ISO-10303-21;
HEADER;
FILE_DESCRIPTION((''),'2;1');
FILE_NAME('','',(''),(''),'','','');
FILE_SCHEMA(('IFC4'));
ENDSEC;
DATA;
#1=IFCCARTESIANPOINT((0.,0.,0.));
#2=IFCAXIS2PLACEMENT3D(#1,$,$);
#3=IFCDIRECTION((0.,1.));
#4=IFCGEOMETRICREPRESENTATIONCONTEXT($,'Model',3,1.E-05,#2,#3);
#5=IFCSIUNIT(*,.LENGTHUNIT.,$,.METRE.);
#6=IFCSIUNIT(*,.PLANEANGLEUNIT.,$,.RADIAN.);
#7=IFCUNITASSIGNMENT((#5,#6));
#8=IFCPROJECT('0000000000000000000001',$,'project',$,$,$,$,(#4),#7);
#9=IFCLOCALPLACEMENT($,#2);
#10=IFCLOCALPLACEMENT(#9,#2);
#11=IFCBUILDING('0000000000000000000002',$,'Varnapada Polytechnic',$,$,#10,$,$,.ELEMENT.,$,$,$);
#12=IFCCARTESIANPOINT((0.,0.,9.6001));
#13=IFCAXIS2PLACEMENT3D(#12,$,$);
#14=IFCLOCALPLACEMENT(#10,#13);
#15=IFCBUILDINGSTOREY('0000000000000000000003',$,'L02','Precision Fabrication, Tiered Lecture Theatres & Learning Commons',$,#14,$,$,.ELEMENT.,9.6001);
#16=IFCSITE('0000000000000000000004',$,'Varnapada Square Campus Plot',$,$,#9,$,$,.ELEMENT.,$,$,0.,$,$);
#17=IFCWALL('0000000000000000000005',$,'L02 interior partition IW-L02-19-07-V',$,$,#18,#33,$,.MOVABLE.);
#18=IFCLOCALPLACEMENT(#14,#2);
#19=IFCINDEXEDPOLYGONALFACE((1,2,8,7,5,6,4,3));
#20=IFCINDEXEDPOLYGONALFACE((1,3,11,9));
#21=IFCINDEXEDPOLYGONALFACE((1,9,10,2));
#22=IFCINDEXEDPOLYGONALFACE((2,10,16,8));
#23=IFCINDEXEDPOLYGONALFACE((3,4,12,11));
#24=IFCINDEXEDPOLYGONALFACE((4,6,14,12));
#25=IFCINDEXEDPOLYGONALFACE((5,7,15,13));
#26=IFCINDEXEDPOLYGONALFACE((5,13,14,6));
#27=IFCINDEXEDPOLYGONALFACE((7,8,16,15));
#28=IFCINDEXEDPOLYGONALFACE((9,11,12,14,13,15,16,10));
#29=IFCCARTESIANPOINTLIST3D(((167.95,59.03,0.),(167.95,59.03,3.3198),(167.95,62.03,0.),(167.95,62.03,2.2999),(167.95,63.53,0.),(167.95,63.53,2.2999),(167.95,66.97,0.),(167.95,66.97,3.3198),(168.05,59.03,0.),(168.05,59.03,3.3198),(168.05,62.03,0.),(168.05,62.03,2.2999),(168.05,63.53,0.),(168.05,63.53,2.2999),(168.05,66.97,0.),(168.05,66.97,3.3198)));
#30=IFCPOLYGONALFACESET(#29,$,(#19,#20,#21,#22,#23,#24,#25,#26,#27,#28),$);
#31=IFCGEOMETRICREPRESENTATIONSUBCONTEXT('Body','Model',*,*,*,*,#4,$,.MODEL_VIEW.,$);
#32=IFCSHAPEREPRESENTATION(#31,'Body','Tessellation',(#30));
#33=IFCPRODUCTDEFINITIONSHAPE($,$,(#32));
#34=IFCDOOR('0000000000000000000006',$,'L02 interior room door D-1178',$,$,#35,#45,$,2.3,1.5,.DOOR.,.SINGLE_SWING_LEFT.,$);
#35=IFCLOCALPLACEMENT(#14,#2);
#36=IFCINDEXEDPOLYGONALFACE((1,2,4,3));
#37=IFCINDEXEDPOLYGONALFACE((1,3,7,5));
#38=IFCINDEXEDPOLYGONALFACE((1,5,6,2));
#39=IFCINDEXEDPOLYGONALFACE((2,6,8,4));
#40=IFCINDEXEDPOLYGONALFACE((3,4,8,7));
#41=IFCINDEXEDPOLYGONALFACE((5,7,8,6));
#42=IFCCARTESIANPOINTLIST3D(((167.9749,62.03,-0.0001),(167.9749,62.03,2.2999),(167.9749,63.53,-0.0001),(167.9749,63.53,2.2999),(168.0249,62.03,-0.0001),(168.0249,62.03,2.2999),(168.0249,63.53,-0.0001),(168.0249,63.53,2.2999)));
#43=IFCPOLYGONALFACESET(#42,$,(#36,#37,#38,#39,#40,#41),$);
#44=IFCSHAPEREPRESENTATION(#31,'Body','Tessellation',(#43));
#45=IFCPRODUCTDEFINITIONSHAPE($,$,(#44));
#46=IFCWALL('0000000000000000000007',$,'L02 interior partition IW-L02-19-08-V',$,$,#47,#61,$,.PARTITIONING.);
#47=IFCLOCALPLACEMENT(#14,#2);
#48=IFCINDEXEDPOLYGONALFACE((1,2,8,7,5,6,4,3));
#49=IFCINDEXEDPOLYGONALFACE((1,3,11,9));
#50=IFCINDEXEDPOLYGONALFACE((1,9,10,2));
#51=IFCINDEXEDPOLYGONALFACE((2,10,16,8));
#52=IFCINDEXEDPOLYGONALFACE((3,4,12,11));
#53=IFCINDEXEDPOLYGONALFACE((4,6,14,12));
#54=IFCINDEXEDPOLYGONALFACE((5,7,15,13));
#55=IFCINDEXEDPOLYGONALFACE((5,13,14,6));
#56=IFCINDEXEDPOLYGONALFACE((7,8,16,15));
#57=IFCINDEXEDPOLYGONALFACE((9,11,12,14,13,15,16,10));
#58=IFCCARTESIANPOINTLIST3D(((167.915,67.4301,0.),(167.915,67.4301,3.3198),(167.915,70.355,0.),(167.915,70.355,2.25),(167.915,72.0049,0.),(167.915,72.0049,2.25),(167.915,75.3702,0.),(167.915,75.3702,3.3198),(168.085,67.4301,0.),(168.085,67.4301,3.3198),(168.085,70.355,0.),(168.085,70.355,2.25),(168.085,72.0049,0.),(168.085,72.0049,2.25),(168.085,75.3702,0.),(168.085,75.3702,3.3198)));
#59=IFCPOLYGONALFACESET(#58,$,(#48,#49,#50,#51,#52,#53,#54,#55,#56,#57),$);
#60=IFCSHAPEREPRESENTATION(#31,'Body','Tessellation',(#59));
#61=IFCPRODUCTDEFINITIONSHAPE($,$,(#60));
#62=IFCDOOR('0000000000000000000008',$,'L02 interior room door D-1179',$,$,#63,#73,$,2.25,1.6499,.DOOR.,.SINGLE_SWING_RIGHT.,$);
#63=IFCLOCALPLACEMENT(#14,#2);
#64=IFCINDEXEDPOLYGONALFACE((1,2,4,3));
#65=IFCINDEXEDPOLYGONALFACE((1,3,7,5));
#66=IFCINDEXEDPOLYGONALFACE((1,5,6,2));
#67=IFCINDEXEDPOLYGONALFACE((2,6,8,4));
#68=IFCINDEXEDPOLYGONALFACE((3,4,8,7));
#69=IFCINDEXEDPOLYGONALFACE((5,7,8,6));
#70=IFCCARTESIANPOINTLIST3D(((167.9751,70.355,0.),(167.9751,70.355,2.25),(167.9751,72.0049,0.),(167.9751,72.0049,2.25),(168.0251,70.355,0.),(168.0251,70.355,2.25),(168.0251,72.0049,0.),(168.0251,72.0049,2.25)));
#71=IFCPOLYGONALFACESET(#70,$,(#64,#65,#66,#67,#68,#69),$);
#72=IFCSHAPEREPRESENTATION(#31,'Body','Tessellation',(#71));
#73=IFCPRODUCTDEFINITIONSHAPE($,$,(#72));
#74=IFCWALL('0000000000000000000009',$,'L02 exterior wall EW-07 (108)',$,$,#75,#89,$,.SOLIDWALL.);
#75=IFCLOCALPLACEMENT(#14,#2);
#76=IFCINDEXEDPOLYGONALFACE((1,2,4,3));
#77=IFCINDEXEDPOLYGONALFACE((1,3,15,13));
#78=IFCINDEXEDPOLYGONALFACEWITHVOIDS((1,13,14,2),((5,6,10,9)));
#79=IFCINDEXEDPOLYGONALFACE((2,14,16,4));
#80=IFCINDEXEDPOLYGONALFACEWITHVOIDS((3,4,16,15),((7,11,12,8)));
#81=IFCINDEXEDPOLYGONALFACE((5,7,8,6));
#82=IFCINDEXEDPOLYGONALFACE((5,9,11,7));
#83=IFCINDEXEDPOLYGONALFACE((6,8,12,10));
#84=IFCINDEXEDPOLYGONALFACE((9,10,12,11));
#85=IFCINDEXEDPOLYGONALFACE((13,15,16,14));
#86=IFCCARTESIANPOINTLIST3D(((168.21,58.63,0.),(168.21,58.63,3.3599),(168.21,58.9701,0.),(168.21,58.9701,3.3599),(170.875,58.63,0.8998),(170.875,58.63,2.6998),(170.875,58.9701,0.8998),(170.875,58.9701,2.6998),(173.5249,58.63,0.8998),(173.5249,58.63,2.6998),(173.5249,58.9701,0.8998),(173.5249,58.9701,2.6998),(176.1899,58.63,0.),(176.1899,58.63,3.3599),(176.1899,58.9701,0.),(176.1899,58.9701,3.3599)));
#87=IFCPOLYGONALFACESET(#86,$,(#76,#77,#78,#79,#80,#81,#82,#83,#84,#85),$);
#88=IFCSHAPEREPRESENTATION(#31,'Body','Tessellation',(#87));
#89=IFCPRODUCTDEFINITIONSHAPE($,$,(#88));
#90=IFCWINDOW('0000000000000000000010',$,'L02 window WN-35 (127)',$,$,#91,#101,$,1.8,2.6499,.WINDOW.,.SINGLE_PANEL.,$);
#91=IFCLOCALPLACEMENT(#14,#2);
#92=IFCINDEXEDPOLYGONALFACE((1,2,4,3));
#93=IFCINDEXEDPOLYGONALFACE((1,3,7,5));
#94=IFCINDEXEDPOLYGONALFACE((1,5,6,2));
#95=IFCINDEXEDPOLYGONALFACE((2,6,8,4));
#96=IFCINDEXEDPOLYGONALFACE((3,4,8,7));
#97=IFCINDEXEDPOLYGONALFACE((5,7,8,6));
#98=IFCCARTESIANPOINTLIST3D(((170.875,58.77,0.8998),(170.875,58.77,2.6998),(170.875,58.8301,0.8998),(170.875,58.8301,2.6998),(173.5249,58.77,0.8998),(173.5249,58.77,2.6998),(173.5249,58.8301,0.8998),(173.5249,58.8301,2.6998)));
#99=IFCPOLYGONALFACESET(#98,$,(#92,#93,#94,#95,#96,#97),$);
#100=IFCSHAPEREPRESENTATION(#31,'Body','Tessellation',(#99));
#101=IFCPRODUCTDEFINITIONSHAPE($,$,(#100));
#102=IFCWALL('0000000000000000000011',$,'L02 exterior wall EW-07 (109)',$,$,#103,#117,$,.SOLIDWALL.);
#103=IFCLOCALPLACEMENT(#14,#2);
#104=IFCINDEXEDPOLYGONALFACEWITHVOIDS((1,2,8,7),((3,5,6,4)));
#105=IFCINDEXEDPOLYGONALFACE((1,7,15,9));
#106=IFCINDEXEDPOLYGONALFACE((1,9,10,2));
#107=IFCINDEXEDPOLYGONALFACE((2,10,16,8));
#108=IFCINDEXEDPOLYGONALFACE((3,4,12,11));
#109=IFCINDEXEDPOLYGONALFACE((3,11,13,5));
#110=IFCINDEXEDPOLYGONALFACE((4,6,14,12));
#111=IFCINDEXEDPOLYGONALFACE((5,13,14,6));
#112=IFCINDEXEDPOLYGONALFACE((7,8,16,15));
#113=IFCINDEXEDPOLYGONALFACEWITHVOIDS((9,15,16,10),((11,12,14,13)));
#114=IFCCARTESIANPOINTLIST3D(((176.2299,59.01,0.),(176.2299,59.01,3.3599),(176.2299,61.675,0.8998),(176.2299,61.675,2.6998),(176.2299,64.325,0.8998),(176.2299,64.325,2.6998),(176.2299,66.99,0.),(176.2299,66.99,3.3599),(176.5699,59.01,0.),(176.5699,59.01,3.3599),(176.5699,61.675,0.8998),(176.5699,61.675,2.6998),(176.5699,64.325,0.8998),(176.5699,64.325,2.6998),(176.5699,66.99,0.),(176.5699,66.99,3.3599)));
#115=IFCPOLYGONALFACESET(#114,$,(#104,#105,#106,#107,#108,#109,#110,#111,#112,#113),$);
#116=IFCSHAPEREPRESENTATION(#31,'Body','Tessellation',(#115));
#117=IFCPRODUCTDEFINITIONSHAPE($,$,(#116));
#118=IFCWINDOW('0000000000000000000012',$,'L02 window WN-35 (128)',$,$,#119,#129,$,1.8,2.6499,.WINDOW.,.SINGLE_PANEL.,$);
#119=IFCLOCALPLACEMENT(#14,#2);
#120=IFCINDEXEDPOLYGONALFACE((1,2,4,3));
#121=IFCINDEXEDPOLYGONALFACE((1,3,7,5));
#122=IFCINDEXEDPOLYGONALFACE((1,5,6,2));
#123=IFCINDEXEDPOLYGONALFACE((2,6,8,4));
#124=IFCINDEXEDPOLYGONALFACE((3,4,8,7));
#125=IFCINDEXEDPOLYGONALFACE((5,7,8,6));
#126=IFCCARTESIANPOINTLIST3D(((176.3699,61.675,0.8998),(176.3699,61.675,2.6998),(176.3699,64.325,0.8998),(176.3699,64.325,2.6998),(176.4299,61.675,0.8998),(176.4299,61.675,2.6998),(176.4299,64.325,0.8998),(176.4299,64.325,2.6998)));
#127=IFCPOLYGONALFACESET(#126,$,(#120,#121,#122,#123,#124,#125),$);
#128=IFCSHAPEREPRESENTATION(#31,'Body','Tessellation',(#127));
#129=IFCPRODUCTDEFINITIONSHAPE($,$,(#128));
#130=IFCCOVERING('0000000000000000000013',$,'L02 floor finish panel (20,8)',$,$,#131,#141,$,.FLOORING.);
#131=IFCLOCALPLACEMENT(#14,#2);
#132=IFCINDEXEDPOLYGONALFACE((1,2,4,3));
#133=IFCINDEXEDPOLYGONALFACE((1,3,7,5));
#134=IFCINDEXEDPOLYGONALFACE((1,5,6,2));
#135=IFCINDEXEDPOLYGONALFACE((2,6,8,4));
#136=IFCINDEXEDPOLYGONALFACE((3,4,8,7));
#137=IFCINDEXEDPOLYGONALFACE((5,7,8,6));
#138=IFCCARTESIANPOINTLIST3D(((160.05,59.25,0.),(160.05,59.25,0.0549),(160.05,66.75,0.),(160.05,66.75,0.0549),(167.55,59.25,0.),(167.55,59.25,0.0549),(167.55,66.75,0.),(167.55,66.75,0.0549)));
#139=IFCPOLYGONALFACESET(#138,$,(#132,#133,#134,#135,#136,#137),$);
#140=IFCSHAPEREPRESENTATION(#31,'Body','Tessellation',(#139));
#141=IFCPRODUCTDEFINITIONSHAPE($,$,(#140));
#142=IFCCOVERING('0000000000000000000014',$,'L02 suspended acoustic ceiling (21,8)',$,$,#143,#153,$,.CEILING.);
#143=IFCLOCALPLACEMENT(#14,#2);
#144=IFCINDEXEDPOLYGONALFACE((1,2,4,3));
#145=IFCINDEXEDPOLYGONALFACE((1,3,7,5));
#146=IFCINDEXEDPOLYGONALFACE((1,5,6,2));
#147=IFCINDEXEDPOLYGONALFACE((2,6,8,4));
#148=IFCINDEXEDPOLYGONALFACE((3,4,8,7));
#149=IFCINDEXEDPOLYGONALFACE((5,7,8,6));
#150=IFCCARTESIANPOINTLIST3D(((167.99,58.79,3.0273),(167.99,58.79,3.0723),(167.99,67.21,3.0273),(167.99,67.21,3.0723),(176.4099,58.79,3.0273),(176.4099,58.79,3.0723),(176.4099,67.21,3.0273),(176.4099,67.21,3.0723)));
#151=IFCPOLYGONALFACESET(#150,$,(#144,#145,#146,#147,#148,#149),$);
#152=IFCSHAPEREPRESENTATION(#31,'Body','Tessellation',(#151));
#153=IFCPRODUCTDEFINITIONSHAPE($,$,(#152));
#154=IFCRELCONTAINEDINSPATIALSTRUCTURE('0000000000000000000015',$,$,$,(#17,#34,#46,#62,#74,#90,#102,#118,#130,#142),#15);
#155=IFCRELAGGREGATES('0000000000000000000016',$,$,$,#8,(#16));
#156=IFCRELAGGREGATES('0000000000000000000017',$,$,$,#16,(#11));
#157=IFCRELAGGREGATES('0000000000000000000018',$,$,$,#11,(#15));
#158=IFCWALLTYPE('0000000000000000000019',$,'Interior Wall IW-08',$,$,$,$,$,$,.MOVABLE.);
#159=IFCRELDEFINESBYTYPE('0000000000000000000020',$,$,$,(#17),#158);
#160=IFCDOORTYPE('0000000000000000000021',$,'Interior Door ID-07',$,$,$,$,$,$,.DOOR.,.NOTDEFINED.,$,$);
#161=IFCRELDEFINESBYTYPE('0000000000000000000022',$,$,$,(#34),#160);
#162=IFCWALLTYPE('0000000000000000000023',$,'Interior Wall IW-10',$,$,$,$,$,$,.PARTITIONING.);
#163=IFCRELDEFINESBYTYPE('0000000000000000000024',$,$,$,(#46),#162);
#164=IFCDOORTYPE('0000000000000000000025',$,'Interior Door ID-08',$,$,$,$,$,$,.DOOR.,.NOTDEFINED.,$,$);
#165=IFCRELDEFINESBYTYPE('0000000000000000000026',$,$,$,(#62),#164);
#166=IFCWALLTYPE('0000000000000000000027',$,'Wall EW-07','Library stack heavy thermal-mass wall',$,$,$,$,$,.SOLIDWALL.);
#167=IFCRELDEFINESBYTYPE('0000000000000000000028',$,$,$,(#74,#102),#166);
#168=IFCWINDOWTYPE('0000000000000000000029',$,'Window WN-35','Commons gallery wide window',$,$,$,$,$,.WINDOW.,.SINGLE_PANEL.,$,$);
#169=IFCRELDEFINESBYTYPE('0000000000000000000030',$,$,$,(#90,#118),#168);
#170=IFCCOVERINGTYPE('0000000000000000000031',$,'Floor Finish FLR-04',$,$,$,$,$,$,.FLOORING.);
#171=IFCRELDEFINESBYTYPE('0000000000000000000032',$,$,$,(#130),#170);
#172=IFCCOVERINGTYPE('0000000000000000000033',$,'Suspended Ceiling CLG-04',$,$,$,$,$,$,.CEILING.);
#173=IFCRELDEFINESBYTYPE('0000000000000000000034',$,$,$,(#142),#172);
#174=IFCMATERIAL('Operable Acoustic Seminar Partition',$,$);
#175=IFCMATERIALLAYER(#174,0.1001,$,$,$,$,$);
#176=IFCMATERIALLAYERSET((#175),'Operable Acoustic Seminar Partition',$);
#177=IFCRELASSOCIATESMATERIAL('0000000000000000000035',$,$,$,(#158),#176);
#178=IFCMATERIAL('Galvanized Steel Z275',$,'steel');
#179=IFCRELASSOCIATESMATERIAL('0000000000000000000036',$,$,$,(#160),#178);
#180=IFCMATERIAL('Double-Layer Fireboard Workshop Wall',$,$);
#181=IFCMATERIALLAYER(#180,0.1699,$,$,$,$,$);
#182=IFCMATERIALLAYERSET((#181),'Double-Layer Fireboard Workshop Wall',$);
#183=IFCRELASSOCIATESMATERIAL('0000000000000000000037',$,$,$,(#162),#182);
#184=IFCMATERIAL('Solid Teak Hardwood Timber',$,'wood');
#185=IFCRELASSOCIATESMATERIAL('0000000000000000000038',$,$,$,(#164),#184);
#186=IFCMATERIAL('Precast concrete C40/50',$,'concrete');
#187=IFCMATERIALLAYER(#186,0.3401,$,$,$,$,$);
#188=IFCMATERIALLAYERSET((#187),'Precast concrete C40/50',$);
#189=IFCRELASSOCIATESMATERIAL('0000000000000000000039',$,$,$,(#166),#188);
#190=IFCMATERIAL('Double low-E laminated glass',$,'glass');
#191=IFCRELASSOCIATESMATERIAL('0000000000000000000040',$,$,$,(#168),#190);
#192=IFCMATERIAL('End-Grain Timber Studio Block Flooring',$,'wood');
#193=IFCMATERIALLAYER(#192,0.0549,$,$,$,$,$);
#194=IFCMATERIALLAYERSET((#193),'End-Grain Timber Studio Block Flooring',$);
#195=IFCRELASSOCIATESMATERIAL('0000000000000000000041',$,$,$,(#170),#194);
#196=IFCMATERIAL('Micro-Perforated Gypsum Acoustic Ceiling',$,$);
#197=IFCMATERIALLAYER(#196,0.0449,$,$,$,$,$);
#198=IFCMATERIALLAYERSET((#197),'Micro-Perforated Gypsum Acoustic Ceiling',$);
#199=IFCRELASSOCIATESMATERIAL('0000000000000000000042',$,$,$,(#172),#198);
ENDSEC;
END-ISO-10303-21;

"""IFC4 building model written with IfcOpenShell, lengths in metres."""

from ifc_helpers import new_model, si_unit, direction, frame, frame_2d, origin, origin_2d, place, context, subcontext, project, spatial, rectangle, extrude, material, layer, layer_set, type_object, element, fill, save


model = new_model("IFC4")

# Units and contexts
model_context = context("Model", 3, precision=1e-05, world=origin(), true_north=direction((0.0, 1.0)))
body_context = subcontext(model_context, "Body", "Model", "MODEL_VIEW")
ifc_project = project(units=[si_unit("LENGTHUNIT", "METRE"), si_unit("PLANEANGLEUNIT", "RADIAN")], contexts=[model_context])

# Site, building, storey
site_placement = place(None, origin())
site = spatial("IfcSite", under=ifc_project, at=site_placement, Name="Varnapada Square Campus Plot", CompositionType="ELEMENT", RefElevation=0.0)
building_placement = place(site_placement, origin())
building = spatial("IfcBuilding", under=site, at=building_placement, Name="Varnapada Polytechnic", CompositionType="ELEMENT")
storey_placement = place(building_placement, frame((0.0, 0.0, 9.6001)))
storey = spatial("IfcBuildingStorey", under=building, at=storey_placement, Name="L02", Description="Precision Fabrication, Tiered Lecture Theatres & Learning Commons", CompositionType="ELEMENT", Elevation=9.6001)

# Shared definitions
ifc_material_1 = material(Name="Double low-E laminated glass", Category="glass")

# Walls, openings, doors
ifc_material_2 = material(Name="Operable Acoustic Seminar Partition")
ifc_layer_1 = layer(ifc_material_2, 0.1001)
ifc_layer_set_1 = layer_set([ifc_layer_1], Name="Operable Acoustic Seminar Partition")
wall_type_1 = type_object("IfcWallType", Name="Interior Wall IW-08", PredefinedType="MOVABLE", material=ifc_layer_set_1)
wall_1_placement = place(storey_placement, frame((168.0, 59.03, 0.0), z_axis=(0.0, 0.0, 1.0), x_axis=(0.0, 1.0, 0.0)))
wall_1 = element("IfcWall", 1, at=wall_1_placement, inside=storey, type_object=wall_type_1, Name="L02 interior partition IW-L02-19-07-V", PredefinedType="MOVABLE", context=body_context, shape_type="SweptSolid", body=[
    extrude(rectangle(XDim=7.9399, YDim=0.1001, at=frame_2d((3.97, 0.0))), origin(), (0.0, 0.0, 1.0), 3.3198),
])
opening_1_placement = place(wall_1_placement, frame((3.0, 0.0, 0.0)))
opening_1 = element("IfcOpeningElement", 2, at=opening_1_placement, cuts=wall_1, PredefinedType="OPENING", context=body_context, shape_type="SweptSolid", body=[
    extrude(rectangle(XDim=1.5, YDim=2.3, at=frame_2d((0.75, 1.1499))), frame((0.0, 0.0601, 0.0), z_axis=(0.0, -1.0, 0.0), x_axis=(1.0, 0.0, 0.0)), (0.0, 0.0, 1.0), 0.1201),
])
ifc_material_3 = material(Name="Galvanized Steel Z275", Category="steel")
door_type_1 = type_object("IfcDoorType", Name="Interior Door ID-07", OperationType="NOTDEFINED", PredefinedType="DOOR", material=ifc_material_3)
door_1_placement = place(opening_1_placement, frame((1.5, 0.0, 0.0), z_axis=(0.0, 0.0, 1.0), x_axis=(-1.0, 0.0, 0.0)))
door_1 = element("IfcDoor", 3, at=door_1_placement, inside=storey, type_object=door_type_1, Name="L02 interior room door D-1178", OperationType="SINGLE_SWING_LEFT", OverallHeight=2.3, OverallWidth=1.5, PredefinedType="DOOR", context=body_context, shape_type="SweptSolid", body=[
    extrude(rectangle(XDim=1.5, YDim=2.3, at=frame_2d((0.75, 1.1499))), frame((0.0, 0.0249, 0.0), z_axis=(0.0, -1.0, 0.0), x_axis=(1.0, 0.0, 0.0)), (0.0, 0.0, 1.0), 0.05),
])
fill(opening_1, door_1)
ifc_material_4 = material(Name="Double-Layer Fireboard Workshop Wall")
ifc_layer_2 = layer(ifc_material_4, 0.1699)
ifc_layer_set_2 = layer_set([ifc_layer_2], Name="Double-Layer Fireboard Workshop Wall")
wall_type_2 = type_object("IfcWallType", Name="Interior Wall IW-10", PredefinedType="PARTITIONING", material=ifc_layer_set_2)
wall_2_placement = place(storey_placement, frame((168.0, 67.4299, 0.0), z_axis=(0.0, 0.0, 1.0), x_axis=(0.0, 1.0, 0.0)))
wall_2 = element("IfcWall", 4, at=wall_2_placement, inside=storey, type_object=wall_type_2, Name="L02 interior partition IW-L02-19-08-V", PredefinedType="PARTITIONING", context=body_context, shape_type="SweptSolid", body=[
    extrude(rectangle(XDim=7.9402, YDim=0.1699, at=frame_2d((3.9702, 0.0))), origin(), (0.0, 0.0, 1.0), 3.3198),
])
opening_2_placement = place(wall_2_placement, frame((2.925, 0.0, 0.0)))
opening_2 = element("IfcOpeningElement", 5, at=opening_2_placement, cuts=wall_2, PredefinedType="OPENING", context=body_context, shape_type="SweptSolid", body=[
    extrude(rectangle(XDim=1.6499, YDim=2.25, at=frame_2d((0.825, 1.125))), frame((0.0, 0.095, 0.0), z_axis=(0.0, -1.0, 0.0), x_axis=(1.0, 0.0, 0.0)), (0.0, 0.0, 1.0), 0.1899),
])
ifc_material_5 = material(Name="Solid Teak Hardwood Timber", Category="wood")
door_type_2 = type_object("IfcDoorType", Name="Interior Door ID-08", OperationType="NOTDEFINED", PredefinedType="DOOR", material=ifc_material_5)
door_2_placement = place(opening_2_placement, origin())
door_2 = element("IfcDoor", 6, at=door_2_placement, inside=storey, type_object=door_type_2, Name="L02 interior room door D-1179", OperationType="SINGLE_SWING_RIGHT", OverallHeight=2.25, OverallWidth=1.6499, PredefinedType="DOOR", context=body_context, shape_type="SweptSolid", body=[
    extrude(rectangle(XDim=1.6499, YDim=2.25, at=frame_2d((0.825, 1.125))), frame((0.0, 0.0249, 0.0), z_axis=(0.0, -1.0, 0.0), x_axis=(1.0, 0.0, 0.0)), (0.0, 0.0, 1.0), 0.05),
])
fill(opening_2, door_2)

# Walls, openings, windows
ifc_material_6 = material(Name="Precast concrete C40/50", Category="concrete")
ifc_layer_3 = layer(ifc_material_6, 0.3401)
ifc_layer_set_3 = layer_set([ifc_layer_3], Name="Precast concrete C40/50")
wall_type_3 = type_object("IfcWallType", Name="Wall EW-07", Description="Library stack heavy thermal-mass wall", PredefinedType="SOLIDWALL", material=ifc_layer_set_3)
wall_3_placement = place(storey_placement, frame((176.1899, 58.8, 0.0), z_axis=(0.0, 0.0, 1.0), x_axis=(-1.0, 0.0, 0.0)))
wall_3 = element("IfcWall", 7, at=wall_3_placement, inside=storey, type_object=wall_type_3, Name="L02 exterior wall EW-07 (108)", PredefinedType="SOLIDWALL", context=body_context, shape_type="SweptSolid", body=[
    extrude(rectangle(XDim=7.98, YDim=0.3401, at=frame_2d((3.99, 0.0))), origin(), (0.0, 0.0, 1.0), 3.3599),
])
opening_3_placement = place(wall_3_placement, frame((2.665, 0.0, 0.8999)))
opening_3 = element("IfcOpeningElement", 8, at=opening_3_placement, cuts=wall_3, PredefinedType="OPENING", context=body_context, shape_type="SweptSolid", body=[
    extrude(rectangle(XDim=2.6499, YDim=1.8, at=frame_2d((1.325, 0.8999))), frame((0.0, 0.1799, 0.0), z_axis=(0.0, -1.0, 0.0), x_axis=(1.0, 0.0, 0.0)), (0.0, 0.0, 1.0), 0.3601),
])
window_type = type_object("IfcWindowType", Name="Window WN-35", Description="Commons gallery wide window", PartitioningType="SINGLE_PANEL", PredefinedType="WINDOW", material=ifc_material_1)
window_1_placement = place(opening_3_placement, origin())
window_1 = element("IfcWindow", 9, at=window_1_placement, inside=storey, type_object=window_type, Name="L02 window WN-35 (127)", OverallHeight=1.8, OverallWidth=2.6499, PartitioningType="SINGLE_PANEL", PredefinedType="WINDOW", context=body_context, shape_type="SweptSolid", body=[
    extrude(rectangle(XDim=2.6499, YDim=1.8, at=frame_2d((1.325, 0.8999))), frame((0.0, 0.03, 0.0), z_axis=(0.0, -1.0, 0.0), x_axis=(1.0, 0.0, 0.0)), (0.0, 0.0, 1.0), 0.0601),
])
fill(opening_3, window_1)
wall_4_placement = place(storey_placement, frame((176.3999, 66.99, 0.0), z_axis=(0.0, 0.0, 1.0), x_axis=(0.0, -1.0, 0.0)))
wall_4 = element("IfcWall", 10, at=wall_4_placement, inside=storey, type_object=wall_type_3, Name="L02 exterior wall EW-07 (109)", PredefinedType="SOLIDWALL", context=body_context, shape_type="SweptSolid", body=[
    extrude(rectangle(XDim=7.98, YDim=0.3401, at=frame_2d((3.99, 0.0))), origin(), (0.0, 0.0, 1.0), 3.3599),
])
opening_4_placement = place(wall_4_placement, frame((2.665, 0.0, 0.8999)))
opening_4 = element("IfcOpeningElement", 11, at=opening_4_placement, cuts=wall_4, PredefinedType="OPENING", context=body_context, shape_type="SweptSolid", body=[
    extrude(rectangle(XDim=2.6499, YDim=1.8, at=frame_2d((1.325, 0.8999))), frame((0.0, 0.1799, 0.0), z_axis=(0.0, -1.0, 0.0), x_axis=(1.0, 0.0, 0.0)), (0.0, 0.0, 1.0), 0.3601),
])
window_2_placement = place(opening_4_placement, origin())
window_2 = element("IfcWindow", 12, at=window_2_placement, inside=storey, type_object=window_type, Name="L02 window WN-35 (128)", OverallHeight=1.8, OverallWidth=2.6499, PartitioningType="SINGLE_PANEL", PredefinedType="WINDOW", context=body_context, shape_type="SweptSolid", body=[
    extrude(rectangle(XDim=2.6499, YDim=1.8, at=frame_2d((1.325, 0.8999))), frame((0.0, 0.03, 0.0), z_axis=(0.0, -1.0, 0.0), x_axis=(1.0, 0.0, 0.0)), (0.0, 0.0, 1.0), 0.0601),
])
fill(opening_4, window_2)

# Coverings
ifc_material_7 = material(Name="End-Grain Timber Studio Block Flooring", Category="wood")
ifc_layer_4 = layer(ifc_material_7, 0.0549)
ifc_layer_set_4 = layer_set([ifc_layer_4], Name="End-Grain Timber Studio Block Flooring")
covering_type_1 = type_object("IfcCoveringType", Name="Floor Finish FLR-04", PredefinedType="FLOORING", material=ifc_layer_set_4)
covering_1_placement = place(storey_placement, frame((163.8, 63.0, 0.0), z_axis=(0.0, 0.0, 1.0), x_axis=(1.0, 0.0, 0.0)))
element("IfcCovering", 13, at=covering_1_placement, inside=storey, type_object=covering_type_1, Name="L02 floor finish panel (20,8)", PredefinedType="FLOORING", context=body_context, shape_type="SweptSolid", body=[
    extrude(rectangle(XDim=7.5, YDim=7.5, at=origin_2d()), origin(), (0.0, 0.0, 1.0), 0.0549),
])
ifc_material_8 = material(Name="Micro-Perforated Gypsum Acoustic Ceiling")
ifc_layer_5 = layer(ifc_material_8, 0.0449)
ifc_layer_set_5 = layer_set([ifc_layer_5], Name="Micro-Perforated Gypsum Acoustic Ceiling")
covering_type_2 = type_object("IfcCoveringType", Name="Suspended Ceiling CLG-04", PredefinedType="CEILING", material=ifc_layer_set_5)
covering_2_placement = place(storey_placement, frame((172.2, 63.0, 3.0273), z_axis=(0.0, 0.0, 1.0), x_axis=(1.0, 0.0, 0.0)))
element("IfcCovering", 14, at=covering_2_placement, inside=storey, type_object=covering_type_2, Name="L02 suspended acoustic ceiling (21,8)", PredefinedType="CEILING", context=body_context, shape_type="SweptSolid", body=[
    extrude(rectangle(XDim=8.4199, YDim=8.4199, at=origin_2d()), origin(), (0.0, 0.0, 1.0), 0.0449),
])

save(model, "model.ifc")
